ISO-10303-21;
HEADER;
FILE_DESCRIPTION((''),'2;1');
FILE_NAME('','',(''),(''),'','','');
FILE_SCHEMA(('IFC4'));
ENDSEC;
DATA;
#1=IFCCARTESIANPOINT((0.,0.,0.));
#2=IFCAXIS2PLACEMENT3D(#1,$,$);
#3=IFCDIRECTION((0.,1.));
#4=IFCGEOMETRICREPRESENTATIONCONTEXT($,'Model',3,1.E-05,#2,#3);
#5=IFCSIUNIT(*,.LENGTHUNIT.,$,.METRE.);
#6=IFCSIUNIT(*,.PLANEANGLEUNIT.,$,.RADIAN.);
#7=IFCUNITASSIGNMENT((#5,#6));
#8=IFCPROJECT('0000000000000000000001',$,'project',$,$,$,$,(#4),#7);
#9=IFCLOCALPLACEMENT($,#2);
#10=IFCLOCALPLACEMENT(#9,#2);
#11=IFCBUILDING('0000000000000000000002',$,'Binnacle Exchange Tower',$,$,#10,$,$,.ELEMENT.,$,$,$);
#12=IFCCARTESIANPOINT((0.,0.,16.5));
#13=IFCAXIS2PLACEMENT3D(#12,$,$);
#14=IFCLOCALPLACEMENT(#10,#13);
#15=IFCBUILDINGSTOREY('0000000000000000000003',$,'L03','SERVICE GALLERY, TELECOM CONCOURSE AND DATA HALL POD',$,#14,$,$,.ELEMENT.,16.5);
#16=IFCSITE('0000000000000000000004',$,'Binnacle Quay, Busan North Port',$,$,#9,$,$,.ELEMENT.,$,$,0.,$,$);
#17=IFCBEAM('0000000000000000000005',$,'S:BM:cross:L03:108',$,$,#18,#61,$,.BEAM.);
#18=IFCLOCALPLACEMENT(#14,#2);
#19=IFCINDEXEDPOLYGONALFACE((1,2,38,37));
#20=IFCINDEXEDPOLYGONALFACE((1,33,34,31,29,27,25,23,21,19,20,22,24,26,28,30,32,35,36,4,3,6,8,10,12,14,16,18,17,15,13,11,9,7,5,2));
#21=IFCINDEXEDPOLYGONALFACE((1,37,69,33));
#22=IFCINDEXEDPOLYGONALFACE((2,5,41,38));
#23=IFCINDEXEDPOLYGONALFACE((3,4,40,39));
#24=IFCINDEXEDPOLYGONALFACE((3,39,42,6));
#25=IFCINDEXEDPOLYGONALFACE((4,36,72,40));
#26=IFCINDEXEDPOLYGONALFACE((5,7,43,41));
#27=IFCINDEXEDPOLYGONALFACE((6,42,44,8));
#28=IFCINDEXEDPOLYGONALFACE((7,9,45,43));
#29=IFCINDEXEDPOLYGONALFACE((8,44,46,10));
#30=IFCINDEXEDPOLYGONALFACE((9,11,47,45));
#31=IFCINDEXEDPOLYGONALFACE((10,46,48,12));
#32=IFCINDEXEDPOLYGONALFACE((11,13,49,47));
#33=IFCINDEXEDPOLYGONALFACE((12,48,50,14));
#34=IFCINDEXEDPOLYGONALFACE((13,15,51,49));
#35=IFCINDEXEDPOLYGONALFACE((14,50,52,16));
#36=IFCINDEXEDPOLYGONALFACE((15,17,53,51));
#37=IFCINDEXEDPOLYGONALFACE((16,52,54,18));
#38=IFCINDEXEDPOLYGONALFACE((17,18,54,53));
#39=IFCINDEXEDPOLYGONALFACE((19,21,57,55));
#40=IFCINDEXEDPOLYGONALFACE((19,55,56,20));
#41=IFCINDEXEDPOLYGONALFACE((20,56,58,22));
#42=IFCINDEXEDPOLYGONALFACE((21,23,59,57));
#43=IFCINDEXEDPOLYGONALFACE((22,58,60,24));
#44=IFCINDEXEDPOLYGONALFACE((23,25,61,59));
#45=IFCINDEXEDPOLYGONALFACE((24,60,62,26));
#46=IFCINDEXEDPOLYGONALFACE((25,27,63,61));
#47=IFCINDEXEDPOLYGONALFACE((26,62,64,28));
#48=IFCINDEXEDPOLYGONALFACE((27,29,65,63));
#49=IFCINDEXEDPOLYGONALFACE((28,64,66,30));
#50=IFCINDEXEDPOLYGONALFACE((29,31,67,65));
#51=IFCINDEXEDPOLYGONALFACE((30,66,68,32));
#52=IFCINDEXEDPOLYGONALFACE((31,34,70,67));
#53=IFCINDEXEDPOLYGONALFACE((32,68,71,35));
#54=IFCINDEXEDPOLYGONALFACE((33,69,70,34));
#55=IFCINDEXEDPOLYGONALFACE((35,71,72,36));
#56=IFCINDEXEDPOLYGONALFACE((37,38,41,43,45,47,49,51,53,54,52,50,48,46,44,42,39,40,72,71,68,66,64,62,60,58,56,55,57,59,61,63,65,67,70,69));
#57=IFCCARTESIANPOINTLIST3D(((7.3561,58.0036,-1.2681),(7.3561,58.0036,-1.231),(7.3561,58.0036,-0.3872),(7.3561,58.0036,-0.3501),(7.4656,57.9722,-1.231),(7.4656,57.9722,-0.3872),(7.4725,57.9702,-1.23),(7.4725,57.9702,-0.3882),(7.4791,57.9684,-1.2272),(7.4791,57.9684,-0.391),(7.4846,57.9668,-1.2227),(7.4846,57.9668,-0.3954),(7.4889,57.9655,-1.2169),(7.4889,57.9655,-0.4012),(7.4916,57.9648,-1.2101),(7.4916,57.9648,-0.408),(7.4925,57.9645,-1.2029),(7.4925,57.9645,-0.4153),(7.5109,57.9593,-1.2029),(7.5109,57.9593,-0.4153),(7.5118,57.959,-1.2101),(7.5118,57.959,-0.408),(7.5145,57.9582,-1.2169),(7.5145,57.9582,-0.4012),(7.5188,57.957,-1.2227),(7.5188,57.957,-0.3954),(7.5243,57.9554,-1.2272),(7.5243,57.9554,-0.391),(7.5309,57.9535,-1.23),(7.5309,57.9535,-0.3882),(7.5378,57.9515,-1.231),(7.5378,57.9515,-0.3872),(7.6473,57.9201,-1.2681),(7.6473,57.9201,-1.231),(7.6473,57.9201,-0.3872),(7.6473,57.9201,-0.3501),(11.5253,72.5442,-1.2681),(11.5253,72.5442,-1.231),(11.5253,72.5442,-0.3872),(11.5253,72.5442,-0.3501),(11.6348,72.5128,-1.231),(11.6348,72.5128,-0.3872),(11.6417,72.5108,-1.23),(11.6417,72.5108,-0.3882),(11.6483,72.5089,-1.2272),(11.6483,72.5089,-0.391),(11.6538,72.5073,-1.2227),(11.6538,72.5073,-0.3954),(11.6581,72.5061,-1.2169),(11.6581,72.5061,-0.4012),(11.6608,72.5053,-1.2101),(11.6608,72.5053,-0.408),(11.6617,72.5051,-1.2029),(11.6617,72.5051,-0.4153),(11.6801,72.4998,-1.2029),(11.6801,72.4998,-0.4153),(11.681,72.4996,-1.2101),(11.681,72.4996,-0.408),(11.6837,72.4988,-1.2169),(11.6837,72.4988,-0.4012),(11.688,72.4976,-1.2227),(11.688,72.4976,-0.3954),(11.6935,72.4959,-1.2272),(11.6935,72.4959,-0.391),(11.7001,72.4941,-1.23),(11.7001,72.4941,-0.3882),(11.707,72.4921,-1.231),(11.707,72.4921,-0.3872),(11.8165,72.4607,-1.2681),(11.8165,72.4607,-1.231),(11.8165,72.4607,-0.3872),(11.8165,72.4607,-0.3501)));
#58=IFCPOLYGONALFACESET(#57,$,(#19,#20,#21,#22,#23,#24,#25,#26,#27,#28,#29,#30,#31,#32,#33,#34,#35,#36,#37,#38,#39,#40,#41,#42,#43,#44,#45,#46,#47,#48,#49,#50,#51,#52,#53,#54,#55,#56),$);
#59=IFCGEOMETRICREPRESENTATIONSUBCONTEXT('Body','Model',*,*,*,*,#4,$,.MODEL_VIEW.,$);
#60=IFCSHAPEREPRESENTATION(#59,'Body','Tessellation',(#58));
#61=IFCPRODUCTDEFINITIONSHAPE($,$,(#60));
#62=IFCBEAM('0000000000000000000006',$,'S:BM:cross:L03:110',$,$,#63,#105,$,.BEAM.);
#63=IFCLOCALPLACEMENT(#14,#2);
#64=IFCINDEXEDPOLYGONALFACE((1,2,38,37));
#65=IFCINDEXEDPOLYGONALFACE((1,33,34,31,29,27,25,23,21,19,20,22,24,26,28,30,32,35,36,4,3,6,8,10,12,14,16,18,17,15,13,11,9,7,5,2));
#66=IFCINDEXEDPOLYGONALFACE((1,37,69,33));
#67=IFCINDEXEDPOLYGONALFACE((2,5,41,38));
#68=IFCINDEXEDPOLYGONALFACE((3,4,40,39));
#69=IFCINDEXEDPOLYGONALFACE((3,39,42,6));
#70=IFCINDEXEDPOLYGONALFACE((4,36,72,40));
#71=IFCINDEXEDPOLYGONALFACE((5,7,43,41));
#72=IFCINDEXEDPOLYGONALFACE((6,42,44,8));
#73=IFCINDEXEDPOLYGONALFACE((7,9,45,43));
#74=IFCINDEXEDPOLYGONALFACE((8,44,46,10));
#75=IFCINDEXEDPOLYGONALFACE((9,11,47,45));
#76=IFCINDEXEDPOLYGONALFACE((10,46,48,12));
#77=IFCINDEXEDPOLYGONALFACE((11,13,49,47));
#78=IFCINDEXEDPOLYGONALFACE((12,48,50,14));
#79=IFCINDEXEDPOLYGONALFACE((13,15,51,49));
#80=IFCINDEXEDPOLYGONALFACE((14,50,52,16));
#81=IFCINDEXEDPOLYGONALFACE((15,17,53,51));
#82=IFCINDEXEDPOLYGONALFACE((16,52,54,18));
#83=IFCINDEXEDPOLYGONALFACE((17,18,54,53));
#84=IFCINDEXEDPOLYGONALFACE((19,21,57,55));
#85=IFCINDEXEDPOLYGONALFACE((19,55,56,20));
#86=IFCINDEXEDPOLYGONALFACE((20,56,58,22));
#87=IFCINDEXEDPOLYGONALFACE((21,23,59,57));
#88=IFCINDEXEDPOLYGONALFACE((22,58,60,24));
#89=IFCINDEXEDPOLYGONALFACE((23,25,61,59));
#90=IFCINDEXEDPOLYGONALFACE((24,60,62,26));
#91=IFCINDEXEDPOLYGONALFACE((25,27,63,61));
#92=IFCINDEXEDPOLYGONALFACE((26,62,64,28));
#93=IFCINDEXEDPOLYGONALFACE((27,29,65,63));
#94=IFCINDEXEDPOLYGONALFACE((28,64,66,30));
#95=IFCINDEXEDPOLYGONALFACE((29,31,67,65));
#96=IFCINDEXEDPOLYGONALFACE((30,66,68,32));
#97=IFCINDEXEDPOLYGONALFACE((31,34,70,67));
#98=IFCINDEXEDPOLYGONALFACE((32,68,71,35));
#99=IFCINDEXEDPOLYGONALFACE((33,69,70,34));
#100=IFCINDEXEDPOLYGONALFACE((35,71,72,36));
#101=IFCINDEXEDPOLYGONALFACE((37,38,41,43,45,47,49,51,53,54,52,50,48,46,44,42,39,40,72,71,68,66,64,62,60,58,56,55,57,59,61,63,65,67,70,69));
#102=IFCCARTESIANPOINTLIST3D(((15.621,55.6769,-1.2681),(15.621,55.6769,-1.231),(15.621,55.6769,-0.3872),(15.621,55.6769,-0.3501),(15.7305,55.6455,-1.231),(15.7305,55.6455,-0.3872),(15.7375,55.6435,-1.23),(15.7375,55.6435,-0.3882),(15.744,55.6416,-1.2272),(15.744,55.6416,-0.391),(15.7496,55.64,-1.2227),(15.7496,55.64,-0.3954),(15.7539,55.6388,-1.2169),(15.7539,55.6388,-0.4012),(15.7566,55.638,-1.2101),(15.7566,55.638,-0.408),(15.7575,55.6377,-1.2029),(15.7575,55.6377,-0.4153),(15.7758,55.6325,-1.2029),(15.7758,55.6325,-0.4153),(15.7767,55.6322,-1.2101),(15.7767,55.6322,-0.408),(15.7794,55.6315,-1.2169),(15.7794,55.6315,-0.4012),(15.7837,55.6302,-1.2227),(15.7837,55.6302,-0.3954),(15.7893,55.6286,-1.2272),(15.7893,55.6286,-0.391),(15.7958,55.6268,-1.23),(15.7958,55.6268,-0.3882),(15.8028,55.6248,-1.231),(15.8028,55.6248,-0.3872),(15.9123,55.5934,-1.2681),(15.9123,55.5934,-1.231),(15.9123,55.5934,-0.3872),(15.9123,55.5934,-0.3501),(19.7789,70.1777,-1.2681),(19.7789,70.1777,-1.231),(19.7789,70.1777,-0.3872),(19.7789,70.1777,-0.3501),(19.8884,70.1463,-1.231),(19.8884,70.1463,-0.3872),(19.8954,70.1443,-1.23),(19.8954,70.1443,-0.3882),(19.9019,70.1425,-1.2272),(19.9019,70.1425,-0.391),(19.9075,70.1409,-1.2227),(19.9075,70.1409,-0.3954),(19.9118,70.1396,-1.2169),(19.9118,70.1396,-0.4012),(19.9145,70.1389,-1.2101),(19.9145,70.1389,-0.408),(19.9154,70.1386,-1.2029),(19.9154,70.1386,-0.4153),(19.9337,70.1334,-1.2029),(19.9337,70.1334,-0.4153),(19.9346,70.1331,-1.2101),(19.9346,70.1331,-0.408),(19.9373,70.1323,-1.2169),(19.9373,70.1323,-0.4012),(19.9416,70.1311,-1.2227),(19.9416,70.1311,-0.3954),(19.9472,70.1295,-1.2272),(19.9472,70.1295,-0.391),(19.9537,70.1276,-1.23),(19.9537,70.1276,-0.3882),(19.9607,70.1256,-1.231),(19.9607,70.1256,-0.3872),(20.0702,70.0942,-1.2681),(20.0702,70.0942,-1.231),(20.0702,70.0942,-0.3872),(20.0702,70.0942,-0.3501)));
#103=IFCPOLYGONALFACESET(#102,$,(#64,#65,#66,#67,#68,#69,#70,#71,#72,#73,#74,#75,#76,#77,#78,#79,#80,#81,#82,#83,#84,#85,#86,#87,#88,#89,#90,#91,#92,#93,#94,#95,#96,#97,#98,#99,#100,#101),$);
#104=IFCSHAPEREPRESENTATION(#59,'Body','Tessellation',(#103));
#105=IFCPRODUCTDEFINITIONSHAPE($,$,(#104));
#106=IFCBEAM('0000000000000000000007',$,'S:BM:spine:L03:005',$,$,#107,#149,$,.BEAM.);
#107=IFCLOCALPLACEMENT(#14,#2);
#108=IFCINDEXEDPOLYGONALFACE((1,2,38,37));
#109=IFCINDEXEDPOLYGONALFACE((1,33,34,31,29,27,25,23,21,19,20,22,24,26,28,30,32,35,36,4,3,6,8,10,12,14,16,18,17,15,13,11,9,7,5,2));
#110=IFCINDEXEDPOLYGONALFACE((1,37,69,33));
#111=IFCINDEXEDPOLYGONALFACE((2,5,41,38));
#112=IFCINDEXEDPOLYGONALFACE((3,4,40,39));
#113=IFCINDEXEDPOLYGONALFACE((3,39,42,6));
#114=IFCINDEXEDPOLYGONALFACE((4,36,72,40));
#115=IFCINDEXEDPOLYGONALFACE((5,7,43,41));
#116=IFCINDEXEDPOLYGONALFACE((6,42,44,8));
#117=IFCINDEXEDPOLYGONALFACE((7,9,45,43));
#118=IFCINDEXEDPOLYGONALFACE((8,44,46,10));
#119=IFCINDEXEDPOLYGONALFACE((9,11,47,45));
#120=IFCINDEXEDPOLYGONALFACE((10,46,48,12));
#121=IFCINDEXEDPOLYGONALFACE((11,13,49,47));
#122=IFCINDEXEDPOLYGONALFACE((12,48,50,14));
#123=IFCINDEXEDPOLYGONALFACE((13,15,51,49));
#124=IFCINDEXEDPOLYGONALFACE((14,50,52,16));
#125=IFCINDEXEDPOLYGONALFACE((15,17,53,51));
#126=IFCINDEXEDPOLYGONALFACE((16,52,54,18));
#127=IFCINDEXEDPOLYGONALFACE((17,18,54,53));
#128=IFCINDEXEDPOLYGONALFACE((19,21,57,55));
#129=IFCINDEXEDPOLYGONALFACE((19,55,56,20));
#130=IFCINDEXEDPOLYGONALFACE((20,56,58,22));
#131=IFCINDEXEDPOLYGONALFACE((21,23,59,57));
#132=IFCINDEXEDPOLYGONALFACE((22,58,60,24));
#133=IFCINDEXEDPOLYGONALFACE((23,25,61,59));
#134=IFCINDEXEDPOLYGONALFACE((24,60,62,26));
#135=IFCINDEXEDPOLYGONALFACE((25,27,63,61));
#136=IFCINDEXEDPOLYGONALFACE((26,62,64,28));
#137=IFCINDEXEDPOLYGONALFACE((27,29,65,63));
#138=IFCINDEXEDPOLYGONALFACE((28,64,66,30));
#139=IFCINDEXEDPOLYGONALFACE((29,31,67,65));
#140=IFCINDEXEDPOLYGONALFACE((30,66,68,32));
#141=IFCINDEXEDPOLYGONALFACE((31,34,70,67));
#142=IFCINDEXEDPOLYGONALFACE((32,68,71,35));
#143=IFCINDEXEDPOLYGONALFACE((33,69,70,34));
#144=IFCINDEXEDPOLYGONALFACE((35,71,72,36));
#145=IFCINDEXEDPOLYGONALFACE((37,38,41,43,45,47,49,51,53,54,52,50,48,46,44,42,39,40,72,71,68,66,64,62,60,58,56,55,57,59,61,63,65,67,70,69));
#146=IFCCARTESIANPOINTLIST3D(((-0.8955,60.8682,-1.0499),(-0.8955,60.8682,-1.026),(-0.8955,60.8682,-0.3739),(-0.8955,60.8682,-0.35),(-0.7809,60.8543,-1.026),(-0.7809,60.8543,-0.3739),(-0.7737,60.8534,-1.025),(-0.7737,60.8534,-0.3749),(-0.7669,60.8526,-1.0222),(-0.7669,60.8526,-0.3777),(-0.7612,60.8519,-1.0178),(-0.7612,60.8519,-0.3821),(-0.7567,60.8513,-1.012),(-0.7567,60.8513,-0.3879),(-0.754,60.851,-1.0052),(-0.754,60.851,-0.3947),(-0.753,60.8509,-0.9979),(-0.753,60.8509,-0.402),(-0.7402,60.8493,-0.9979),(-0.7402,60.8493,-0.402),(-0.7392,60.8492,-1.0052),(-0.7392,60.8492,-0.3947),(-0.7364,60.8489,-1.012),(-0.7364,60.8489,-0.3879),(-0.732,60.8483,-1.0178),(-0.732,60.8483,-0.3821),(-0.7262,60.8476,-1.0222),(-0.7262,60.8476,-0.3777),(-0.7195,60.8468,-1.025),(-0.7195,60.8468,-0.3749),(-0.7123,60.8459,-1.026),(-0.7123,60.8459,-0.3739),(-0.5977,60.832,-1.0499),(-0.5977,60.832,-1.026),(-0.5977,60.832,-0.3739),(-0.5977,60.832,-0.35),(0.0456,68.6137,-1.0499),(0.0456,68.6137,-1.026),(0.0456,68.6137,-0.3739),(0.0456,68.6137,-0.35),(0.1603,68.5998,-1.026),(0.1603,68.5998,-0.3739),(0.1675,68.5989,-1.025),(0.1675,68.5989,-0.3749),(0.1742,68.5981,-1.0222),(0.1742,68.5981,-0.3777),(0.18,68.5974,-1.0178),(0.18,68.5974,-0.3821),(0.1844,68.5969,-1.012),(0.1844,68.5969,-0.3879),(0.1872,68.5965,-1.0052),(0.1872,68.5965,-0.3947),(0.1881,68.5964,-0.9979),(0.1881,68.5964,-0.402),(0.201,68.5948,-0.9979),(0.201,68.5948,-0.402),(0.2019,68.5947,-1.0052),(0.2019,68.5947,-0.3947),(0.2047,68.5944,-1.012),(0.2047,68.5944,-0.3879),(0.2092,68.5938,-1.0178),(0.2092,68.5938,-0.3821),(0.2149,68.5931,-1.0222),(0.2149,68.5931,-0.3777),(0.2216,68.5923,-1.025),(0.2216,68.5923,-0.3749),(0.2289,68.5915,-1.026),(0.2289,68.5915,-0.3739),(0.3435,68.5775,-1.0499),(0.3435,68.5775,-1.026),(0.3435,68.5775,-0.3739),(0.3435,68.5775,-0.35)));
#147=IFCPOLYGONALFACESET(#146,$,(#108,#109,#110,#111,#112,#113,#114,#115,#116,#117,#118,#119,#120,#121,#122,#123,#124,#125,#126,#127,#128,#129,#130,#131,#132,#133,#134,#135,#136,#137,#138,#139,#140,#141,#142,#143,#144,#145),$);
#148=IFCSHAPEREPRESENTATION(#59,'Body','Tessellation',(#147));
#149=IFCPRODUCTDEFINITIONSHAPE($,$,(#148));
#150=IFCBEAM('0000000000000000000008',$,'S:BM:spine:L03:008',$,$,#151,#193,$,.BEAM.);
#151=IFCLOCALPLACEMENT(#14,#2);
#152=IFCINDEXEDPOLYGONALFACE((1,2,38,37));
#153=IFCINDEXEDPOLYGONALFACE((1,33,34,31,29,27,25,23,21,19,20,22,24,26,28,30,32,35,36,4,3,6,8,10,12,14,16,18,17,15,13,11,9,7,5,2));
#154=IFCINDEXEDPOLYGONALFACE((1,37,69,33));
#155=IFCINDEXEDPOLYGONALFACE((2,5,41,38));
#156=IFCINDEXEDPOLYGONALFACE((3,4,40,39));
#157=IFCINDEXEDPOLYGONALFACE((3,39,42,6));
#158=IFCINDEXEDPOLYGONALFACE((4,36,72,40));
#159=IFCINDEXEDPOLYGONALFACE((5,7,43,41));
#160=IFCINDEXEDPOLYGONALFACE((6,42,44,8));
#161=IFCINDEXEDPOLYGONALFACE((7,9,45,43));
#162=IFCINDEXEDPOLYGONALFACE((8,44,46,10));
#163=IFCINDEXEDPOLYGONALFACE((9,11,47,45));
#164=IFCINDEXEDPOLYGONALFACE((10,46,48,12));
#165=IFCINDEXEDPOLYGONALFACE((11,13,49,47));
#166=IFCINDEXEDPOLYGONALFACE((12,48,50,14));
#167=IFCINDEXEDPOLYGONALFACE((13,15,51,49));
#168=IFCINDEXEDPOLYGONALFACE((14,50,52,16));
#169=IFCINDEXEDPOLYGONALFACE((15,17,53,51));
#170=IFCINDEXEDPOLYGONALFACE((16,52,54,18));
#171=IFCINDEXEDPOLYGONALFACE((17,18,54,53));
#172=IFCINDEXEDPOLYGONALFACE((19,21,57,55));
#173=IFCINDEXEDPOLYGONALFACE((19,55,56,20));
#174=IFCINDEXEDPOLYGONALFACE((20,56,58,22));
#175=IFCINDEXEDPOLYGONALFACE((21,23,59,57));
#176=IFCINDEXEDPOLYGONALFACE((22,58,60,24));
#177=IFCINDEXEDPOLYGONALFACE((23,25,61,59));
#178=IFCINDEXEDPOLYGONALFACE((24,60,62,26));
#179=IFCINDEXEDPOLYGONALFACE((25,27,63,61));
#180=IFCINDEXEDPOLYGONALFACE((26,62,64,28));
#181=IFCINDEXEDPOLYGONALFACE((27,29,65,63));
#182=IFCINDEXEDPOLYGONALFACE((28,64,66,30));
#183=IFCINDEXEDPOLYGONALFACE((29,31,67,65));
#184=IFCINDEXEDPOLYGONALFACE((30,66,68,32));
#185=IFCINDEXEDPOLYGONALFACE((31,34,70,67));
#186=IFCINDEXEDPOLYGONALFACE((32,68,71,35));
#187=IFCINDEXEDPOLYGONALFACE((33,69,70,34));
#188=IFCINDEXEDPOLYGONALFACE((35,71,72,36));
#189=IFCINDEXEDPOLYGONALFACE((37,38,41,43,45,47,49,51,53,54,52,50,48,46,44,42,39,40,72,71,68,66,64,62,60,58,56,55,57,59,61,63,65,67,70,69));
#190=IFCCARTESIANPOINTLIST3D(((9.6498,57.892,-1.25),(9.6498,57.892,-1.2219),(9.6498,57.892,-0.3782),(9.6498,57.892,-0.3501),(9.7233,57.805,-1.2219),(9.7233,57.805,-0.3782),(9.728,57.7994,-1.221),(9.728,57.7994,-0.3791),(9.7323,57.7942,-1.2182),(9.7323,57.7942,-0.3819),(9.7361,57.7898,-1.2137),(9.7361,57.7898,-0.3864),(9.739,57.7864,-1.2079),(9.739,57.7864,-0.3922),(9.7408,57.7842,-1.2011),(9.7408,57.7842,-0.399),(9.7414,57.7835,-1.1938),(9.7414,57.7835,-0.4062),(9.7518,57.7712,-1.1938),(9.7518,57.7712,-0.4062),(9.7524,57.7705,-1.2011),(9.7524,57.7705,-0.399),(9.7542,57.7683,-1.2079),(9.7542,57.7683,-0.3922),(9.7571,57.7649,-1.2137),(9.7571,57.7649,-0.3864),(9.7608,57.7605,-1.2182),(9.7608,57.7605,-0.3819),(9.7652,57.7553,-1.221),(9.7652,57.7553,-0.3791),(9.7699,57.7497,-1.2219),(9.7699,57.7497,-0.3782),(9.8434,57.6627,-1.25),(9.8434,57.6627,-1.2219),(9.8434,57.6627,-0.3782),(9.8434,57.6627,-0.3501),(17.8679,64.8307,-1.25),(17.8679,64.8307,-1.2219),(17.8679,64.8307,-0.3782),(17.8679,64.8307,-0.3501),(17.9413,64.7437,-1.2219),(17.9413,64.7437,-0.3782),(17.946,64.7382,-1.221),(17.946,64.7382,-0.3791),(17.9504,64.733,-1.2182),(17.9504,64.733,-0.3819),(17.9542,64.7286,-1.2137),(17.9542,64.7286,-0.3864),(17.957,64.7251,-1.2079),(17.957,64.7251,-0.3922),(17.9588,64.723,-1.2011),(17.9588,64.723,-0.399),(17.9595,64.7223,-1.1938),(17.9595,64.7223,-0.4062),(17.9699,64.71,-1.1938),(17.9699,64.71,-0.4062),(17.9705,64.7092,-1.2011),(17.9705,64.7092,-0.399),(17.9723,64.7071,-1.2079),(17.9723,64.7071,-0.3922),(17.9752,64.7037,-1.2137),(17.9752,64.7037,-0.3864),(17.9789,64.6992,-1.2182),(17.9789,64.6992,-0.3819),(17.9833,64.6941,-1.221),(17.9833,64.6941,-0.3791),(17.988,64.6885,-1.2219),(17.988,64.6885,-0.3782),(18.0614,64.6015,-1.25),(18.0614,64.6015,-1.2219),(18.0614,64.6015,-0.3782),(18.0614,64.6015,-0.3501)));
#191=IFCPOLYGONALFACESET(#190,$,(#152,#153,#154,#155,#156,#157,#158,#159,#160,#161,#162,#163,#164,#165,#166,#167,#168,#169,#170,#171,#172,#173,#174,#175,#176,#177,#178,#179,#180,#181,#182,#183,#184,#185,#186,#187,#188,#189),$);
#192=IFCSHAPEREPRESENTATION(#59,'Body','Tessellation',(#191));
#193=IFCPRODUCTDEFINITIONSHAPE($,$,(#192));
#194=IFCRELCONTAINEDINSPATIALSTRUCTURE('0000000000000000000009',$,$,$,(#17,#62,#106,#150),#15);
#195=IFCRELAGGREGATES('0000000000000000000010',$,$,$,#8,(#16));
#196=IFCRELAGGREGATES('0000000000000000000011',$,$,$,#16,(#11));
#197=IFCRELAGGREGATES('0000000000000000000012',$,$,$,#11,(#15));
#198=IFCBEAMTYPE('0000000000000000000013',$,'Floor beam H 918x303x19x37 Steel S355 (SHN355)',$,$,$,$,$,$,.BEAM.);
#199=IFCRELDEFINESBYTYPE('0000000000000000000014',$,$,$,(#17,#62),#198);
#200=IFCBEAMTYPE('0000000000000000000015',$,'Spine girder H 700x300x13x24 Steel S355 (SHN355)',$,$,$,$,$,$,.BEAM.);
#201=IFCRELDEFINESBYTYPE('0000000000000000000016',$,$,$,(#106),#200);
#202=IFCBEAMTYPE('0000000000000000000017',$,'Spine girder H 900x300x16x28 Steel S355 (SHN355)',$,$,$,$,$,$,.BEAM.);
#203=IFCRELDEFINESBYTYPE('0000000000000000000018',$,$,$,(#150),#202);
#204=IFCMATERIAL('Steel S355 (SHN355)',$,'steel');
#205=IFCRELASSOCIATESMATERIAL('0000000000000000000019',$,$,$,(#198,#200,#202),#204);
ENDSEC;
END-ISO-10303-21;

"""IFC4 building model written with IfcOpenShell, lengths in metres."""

from ifc_helpers import new_model, si_unit, direction, frame, origin, origin_2d, place, context, subcontext, project, spatial, i_section, extrude, material, material_profile, profile_set, type_object, element, save


model = new_model("IFC4")

# Units and contexts
model_context = context("Model", 3, precision=1e-05, world=origin(), true_north=direction((0.0, 1.0)))
body_context = subcontext(model_context, "Body", "Model", "MODEL_VIEW")
ifc_project = project(units=[si_unit("LENGTHUNIT", "METRE"), si_unit("PLANEANGLEUNIT", "RADIAN")], contexts=[model_context])

# Site, building, storey
site_placement = place(None, origin())
site = spatial("IfcSite", under=ifc_project, at=site_placement, Name="Binnacle Quay, Busan North Port", CompositionType="ELEMENT", RefElevation=0.0)
building_placement = place(site_placement, origin())
building = spatial("IfcBuilding", under=site, at=building_placement, Name="Binnacle Exchange Tower", CompositionType="ELEMENT")
storey_placement = place(building_placement, frame((0.0, 0.0, 16.5)))
storey = spatial("IfcBuildingStorey", under=building, at=storey_placement, Name="L03", Description="SERVICE GALLERY, TELECOM CONCOURSE AND DATA HALL POD", CompositionType="ELEMENT", Elevation=16.5)

# Beams
ifc_material_1 = material(Name="Steel S355 (SHN355)", Category="steel")
ifc_material_profile_1 = material_profile(ifc_material_1, i_section(OverallWidth=0.303, OverallDepth=0.918, WebThickness=0.019, FlangeThickness=0.0371, FilletRadius=0.0281, at=origin_2d()), Name="H 918x303x19x37")
ifc_profile_set_1 = profile_set([ifc_material_profile_1], Name="Steel S355 (SHN355)")
beam_type_1 = type_object("IfcBeamType", Name="Floor beam H 918x303x19x37 Steel S355 (SHN355)", PredefinedType="BEAM", material=ifc_profile_set_1)
beam_1_placement = place(storey_placement, frame((11.6709, 72.5024, -0.8091), z_axis=(-0.275623, -0.961266, 0.0), x_axis=(0.961266, -0.275623, 0.0)))
element("IfcBeam", 1, at=beam_1_placement, inside=storey, type_object=beam_type_1, Name="S:BM:cross:L03:108", PredefinedType="BEAM", context=body_context, shape_type="SweptSolid", body=[
    extrude(i_section(OverallWidth=0.303, OverallDepth=0.918, WebThickness=0.019, FlangeThickness=0.0371, FilletRadius=0.0281, at=origin_2d()), origin(), (0.0, 0.0, 1.0), 15.1265),
])
beam_2_placement = place(storey_placement, frame((19.9246, 70.136, -0.8091), z_axis=(-0.275629, -0.961264, 0.0), x_axis=(0.961264, -0.275629, 0.0)))
element("IfcBeam", 2, at=beam_2_placement, inside=storey, type_object=beam_type_1, Name="S:BM:cross:L03:110", PredefinedType="BEAM", context=body_context, shape_type="SweptSolid", body=[
    extrude(i_section(OverallWidth=0.303, OverallDepth=0.918, WebThickness=0.019, FlangeThickness=0.0371, FilletRadius=0.0281, at=origin_2d()), origin(), (0.0, 0.0, 1.0), 15.0852),
])
ifc_material_profile_2 = material_profile(ifc_material_1, i_section(OverallWidth=0.3, OverallDepth=0.7, WebThickness=0.0129, FlangeThickness=0.0239, FilletRadius=0.0281, at=origin_2d()), Name="H 700x300x13x24")
ifc_profile_set_2 = profile_set([ifc_material_profile_2], Name="Steel S355 (SHN355)")
beam_type_2 = type_object("IfcBeamType", Name="Spine girder H 700x300x13x24 Steel S355 (SHN355)", PredefinedType="BEAM", material=ifc_profile_set_2)
beam_3_placement = place(storey_placement, frame((-0.7466, 60.8501, -0.7), z_axis=(0.120622, 0.992699, 0.0), x_axis=(-0.992699, 0.120622, 0.0)))
element("IfcBeam", 3, at=beam_3_placement, inside=storey, type_object=beam_type_2, Name="S:BM:spine:L03:005", PredefinedType="BEAM", context=body_context, shape_type="SweptSolid", body=[
    extrude(i_section(OverallWidth=0.3, OverallDepth=0.7, WebThickness=0.0129, FlangeThickness=0.0239, FilletRadius=0.0281, at=origin_2d()), origin(), (0.0, 0.0, 1.0), 7.8025),
])
ifc_material_profile_3 = material_profile(ifc_material_1, i_section(OverallWidth=0.3, OverallDepth=0.8999, WebThickness=0.0161, FlangeThickness=0.0281, FilletRadius=0.0281, at=origin_2d()), Name="H 900x300x16x28")
ifc_profile_set_3 = profile_set([ifc_material_profile_3], Name="Steel S355 (SHN355)")
beam_type_3 = type_object("IfcBeamType", Name="Spine girder H 900x300x16x28 Steel S355 (SHN355)", PredefinedType="BEAM", material=ifc_profile_set_3)
beam_4_placement = place(storey_placement, frame((9.7466, 57.7773, -0.8), z_axis=(0.764073, 0.64513, 0.0), x_axis=(-0.64513, 0.764073, 0.0)))
element("IfcBeam", 4, at=beam_4_placement, inside=storey, type_object=beam_type_3, Name="S:BM:spine:L03:008", PredefinedType="BEAM", context=body_context, shape_type="SweptSolid", body=[
    extrude(i_section(OverallWidth=0.3, OverallDepth=0.8999, WebThickness=0.0161, FlangeThickness=0.0281, FilletRadius=0.0281, at=origin_2d()), origin(), (0.0, 0.0, 1.0), 10.7556),
])

save(model, "model.ifc")
